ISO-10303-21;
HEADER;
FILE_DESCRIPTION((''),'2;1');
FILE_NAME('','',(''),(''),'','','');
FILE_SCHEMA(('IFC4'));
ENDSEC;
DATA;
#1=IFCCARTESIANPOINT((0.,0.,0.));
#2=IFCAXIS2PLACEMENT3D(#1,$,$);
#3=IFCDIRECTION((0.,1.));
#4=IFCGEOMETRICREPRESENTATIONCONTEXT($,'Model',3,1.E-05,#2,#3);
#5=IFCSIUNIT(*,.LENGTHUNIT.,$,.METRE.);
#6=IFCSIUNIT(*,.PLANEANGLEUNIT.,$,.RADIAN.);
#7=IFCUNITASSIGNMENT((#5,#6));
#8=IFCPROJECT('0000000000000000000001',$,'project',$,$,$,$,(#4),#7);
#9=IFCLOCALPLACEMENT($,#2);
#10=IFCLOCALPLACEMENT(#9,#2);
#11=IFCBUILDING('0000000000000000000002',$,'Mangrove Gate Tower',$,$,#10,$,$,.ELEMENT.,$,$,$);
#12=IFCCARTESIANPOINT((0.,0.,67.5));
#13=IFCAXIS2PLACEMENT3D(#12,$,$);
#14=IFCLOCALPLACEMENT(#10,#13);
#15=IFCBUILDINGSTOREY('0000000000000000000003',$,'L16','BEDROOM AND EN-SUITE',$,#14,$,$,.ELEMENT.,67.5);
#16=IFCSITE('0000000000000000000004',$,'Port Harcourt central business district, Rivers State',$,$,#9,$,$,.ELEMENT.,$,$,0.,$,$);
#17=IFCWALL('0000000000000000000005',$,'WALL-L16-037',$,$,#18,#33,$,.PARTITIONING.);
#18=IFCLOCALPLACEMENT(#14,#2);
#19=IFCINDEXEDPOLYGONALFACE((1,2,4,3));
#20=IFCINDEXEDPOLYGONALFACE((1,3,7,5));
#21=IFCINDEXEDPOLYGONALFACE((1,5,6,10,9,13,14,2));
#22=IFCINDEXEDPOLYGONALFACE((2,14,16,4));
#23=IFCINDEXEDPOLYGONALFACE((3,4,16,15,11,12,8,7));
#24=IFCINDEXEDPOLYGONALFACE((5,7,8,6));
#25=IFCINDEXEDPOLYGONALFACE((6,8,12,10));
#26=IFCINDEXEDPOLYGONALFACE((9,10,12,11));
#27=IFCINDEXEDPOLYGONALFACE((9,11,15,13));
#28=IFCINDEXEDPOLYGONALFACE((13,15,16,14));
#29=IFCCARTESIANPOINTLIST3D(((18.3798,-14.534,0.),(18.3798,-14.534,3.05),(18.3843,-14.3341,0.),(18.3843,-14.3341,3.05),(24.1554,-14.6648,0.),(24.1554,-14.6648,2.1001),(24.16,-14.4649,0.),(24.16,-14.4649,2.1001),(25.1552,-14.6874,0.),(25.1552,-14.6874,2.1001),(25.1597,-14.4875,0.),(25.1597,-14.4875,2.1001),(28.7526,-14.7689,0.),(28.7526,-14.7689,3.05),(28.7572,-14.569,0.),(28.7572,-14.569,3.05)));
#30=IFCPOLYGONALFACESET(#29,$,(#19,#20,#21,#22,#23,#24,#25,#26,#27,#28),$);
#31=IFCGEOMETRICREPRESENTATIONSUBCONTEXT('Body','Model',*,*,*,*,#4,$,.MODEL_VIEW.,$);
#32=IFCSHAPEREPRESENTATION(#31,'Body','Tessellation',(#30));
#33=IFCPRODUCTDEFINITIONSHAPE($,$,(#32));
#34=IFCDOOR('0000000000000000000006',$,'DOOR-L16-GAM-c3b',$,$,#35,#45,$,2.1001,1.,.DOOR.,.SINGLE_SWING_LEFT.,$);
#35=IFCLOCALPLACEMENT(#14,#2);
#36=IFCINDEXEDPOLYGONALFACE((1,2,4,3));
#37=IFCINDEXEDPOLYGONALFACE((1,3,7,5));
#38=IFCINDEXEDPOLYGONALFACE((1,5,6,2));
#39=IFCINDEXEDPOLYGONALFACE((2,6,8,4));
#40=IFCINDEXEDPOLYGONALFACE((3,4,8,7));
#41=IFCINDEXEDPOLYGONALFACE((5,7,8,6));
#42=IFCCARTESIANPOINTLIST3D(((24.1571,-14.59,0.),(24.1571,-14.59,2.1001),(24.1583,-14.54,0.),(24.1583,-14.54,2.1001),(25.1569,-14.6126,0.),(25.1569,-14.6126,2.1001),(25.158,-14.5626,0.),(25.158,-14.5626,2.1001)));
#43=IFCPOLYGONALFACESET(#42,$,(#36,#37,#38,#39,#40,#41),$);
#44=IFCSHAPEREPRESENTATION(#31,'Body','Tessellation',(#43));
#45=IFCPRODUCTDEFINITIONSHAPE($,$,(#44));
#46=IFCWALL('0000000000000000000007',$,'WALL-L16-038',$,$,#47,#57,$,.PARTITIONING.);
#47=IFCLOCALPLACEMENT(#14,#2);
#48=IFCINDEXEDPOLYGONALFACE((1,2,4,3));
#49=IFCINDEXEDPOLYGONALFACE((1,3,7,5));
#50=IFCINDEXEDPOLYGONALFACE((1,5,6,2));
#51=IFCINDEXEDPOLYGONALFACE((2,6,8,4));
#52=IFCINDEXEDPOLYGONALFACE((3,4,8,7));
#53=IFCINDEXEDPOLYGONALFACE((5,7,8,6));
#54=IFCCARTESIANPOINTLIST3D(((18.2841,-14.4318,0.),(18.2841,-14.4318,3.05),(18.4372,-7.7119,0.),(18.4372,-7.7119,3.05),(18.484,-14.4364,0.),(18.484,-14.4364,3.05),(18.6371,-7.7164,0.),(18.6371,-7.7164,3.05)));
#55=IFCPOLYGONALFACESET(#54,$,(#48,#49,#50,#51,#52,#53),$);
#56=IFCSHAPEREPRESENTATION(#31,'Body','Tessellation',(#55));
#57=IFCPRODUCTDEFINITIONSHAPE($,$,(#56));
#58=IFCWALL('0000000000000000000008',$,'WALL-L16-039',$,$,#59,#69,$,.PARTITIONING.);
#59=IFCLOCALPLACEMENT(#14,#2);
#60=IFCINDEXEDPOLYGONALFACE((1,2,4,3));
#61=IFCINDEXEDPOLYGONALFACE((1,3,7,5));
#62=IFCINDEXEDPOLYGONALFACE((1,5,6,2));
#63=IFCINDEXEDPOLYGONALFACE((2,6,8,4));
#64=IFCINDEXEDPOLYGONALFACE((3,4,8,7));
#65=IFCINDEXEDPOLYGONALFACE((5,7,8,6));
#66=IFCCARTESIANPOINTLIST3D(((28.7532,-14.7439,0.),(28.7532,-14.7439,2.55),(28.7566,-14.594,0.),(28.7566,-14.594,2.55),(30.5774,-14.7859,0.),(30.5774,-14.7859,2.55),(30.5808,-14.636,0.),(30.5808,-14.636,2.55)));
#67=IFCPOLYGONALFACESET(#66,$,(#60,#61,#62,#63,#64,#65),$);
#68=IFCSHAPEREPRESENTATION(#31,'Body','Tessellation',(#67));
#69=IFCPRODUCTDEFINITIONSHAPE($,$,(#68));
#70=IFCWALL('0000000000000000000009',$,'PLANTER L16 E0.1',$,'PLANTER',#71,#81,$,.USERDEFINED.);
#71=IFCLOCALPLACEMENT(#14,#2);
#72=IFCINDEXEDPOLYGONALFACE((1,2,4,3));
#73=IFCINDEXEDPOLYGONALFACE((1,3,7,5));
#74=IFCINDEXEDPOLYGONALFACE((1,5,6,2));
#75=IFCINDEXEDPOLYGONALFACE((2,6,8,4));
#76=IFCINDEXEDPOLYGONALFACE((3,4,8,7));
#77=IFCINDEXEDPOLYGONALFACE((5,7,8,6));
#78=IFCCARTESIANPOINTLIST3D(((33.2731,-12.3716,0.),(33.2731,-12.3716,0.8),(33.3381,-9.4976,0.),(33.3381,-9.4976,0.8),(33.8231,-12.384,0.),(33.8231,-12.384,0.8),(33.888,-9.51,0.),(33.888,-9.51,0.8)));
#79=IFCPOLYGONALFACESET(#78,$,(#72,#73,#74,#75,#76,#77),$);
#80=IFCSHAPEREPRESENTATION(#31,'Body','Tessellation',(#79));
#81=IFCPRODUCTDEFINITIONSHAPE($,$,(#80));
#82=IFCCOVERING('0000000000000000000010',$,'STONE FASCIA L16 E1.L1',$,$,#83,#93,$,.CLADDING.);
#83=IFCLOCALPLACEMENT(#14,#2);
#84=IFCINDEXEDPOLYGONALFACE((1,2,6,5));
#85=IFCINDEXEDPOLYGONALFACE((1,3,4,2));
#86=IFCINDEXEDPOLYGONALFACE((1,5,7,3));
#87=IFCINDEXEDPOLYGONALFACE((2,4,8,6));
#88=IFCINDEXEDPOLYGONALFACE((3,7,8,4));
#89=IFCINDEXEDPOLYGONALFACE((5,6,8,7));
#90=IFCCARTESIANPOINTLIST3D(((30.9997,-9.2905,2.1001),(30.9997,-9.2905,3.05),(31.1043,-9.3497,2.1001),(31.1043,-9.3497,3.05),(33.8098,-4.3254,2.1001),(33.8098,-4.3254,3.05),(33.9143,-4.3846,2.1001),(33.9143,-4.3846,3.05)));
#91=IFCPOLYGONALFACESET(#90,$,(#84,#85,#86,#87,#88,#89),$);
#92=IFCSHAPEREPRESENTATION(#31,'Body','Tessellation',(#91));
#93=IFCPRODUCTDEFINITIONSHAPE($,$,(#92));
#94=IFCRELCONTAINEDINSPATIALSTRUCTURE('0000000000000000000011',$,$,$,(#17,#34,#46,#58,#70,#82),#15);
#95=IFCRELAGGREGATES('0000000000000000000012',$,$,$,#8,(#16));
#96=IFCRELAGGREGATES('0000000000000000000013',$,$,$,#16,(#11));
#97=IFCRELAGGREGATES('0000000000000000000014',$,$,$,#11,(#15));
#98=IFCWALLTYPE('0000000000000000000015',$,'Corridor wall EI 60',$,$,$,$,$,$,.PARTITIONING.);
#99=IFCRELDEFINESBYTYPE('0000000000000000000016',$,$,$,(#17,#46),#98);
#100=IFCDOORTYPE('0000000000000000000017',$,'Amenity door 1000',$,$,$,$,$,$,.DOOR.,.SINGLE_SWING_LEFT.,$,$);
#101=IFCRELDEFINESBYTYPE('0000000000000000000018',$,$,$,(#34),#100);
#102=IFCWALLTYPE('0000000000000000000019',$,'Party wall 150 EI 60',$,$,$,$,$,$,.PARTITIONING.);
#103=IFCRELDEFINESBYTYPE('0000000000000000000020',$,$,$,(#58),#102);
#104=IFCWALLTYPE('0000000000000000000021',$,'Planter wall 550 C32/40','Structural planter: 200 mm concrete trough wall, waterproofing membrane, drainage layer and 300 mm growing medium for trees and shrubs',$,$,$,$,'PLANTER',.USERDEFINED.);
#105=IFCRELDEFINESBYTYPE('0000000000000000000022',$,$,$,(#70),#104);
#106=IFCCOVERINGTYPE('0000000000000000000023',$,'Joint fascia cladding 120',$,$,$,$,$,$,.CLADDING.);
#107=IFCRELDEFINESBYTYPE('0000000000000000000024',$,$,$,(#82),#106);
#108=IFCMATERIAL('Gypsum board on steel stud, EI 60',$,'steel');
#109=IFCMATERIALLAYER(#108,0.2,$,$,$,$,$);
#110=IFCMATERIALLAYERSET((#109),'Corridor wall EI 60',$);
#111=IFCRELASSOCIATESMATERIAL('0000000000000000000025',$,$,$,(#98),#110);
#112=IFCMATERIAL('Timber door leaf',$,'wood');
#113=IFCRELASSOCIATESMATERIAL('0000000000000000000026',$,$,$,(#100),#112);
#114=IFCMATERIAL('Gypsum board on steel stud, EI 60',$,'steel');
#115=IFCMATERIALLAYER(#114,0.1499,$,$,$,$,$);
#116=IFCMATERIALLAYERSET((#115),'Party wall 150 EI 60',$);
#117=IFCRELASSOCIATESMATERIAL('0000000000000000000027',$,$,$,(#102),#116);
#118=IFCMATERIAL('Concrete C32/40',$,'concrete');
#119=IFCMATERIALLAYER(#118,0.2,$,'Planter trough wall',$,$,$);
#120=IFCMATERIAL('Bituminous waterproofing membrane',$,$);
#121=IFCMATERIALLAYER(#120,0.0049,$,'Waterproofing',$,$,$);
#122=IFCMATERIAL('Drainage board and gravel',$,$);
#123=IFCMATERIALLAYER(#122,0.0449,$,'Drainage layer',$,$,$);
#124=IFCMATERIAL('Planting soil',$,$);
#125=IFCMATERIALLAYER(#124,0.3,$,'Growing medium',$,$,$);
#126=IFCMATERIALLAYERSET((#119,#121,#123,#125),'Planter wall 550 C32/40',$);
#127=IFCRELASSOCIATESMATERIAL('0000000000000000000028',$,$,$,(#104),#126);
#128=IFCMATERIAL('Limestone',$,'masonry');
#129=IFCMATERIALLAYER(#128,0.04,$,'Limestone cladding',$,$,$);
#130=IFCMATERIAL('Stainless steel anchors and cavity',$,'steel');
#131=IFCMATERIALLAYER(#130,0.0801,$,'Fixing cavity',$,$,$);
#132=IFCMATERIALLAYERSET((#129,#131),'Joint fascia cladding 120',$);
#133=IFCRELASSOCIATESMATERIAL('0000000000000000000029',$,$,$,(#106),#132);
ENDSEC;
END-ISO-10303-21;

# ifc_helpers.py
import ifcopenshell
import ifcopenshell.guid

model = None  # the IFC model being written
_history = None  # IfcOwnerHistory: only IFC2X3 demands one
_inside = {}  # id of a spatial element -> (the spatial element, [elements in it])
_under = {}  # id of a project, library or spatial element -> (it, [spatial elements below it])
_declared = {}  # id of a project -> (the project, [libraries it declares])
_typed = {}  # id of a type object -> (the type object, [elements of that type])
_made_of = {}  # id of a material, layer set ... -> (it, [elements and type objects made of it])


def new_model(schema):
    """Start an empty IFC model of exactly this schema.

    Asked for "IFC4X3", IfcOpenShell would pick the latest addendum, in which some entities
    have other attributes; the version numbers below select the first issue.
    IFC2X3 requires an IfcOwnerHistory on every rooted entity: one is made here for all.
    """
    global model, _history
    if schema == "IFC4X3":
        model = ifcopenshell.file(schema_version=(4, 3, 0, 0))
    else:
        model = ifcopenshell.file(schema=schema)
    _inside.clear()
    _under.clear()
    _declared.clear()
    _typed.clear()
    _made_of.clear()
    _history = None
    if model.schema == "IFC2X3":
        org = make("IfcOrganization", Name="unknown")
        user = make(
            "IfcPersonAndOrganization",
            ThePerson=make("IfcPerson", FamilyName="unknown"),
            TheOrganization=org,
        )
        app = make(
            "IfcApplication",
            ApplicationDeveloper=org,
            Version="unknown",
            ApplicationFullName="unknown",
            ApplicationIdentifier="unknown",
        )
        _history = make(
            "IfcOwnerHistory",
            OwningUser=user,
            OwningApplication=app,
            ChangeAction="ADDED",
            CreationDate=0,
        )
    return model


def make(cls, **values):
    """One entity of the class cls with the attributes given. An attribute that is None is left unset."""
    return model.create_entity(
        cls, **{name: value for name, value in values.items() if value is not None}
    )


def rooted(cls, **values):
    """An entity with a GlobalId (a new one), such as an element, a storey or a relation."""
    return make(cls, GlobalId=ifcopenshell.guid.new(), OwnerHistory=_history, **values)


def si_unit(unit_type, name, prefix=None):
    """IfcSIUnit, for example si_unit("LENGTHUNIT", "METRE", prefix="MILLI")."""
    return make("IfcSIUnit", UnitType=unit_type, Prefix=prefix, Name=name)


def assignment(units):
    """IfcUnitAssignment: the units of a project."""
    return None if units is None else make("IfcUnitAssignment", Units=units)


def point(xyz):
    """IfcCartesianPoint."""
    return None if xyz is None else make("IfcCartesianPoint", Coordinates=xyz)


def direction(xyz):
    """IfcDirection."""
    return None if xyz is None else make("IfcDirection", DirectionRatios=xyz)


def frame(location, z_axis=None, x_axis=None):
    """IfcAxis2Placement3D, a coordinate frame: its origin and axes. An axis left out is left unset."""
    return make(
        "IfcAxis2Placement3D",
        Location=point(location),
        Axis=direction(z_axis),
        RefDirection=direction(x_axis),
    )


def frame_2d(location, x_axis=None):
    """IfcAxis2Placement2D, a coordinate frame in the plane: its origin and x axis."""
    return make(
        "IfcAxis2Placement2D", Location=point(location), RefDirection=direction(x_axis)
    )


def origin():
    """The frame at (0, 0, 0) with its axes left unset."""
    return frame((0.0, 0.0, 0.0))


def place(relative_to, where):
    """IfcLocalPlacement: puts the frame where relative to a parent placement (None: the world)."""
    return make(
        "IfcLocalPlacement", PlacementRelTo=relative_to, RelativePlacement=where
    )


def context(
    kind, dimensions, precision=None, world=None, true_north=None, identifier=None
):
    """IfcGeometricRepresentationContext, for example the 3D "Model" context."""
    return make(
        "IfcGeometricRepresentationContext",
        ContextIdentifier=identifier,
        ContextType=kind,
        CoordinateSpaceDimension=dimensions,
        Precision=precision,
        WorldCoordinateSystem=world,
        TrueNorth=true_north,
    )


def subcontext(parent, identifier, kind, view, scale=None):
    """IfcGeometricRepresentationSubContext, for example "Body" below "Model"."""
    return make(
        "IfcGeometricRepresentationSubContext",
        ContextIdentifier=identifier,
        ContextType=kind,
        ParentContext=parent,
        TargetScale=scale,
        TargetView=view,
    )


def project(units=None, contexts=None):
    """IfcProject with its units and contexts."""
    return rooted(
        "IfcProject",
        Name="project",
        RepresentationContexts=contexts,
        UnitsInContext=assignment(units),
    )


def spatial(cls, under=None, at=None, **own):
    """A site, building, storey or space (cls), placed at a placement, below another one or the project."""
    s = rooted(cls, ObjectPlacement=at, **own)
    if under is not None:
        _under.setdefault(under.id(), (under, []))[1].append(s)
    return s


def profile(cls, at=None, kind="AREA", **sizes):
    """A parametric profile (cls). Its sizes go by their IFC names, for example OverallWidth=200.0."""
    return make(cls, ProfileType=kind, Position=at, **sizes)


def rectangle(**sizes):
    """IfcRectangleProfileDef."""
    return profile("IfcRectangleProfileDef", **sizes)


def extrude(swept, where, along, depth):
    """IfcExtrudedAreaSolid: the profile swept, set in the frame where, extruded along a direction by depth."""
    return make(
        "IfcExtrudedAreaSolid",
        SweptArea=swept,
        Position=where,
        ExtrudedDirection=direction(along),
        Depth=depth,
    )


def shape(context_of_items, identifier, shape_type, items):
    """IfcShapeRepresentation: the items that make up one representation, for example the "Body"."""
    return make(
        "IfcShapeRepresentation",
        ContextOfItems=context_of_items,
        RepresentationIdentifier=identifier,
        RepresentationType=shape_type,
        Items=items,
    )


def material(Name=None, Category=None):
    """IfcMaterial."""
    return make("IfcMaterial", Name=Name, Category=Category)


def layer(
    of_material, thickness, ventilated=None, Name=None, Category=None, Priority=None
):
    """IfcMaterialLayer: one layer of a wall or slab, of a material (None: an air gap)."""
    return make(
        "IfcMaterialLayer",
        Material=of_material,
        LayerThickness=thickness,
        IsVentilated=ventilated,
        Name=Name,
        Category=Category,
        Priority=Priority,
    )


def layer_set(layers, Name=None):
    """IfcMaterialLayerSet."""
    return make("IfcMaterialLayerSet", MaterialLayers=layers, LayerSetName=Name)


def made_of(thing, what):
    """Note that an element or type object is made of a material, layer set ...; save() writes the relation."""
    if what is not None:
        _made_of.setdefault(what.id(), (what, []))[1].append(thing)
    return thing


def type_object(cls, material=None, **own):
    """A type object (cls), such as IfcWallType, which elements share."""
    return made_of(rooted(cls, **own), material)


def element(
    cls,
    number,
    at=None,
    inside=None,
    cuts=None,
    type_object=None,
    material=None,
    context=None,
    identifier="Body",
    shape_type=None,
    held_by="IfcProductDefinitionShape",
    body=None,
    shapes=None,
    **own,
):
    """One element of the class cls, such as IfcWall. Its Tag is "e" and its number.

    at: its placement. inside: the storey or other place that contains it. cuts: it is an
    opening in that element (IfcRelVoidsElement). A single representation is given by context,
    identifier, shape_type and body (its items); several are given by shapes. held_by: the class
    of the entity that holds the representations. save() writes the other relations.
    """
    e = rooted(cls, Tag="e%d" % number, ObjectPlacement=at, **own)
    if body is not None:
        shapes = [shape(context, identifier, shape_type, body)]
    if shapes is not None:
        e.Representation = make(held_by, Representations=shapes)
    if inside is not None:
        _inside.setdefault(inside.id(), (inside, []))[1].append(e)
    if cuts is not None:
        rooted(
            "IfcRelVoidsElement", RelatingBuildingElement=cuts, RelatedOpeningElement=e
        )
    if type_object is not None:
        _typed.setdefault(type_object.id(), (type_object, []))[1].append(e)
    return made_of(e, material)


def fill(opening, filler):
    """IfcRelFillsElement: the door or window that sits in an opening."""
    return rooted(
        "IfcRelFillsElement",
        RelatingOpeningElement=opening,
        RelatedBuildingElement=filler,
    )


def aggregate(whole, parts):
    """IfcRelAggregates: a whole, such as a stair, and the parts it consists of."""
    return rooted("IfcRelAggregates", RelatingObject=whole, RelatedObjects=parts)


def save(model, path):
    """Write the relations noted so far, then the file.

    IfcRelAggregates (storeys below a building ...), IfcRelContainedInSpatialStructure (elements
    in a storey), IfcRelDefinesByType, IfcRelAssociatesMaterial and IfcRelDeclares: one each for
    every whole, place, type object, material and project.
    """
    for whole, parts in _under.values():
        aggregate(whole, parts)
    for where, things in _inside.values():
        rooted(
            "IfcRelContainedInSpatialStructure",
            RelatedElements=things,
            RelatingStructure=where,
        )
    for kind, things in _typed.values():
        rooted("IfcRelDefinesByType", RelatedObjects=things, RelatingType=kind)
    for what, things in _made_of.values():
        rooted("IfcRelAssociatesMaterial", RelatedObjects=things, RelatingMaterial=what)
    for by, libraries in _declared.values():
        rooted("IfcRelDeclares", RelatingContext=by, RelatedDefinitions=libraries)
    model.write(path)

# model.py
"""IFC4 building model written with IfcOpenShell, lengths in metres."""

from ifc_helpers import new_model, si_unit, direction, frame, frame_2d, origin, place, context, subcontext, project, spatial, rectangle, extrude, material, layer, layer_set, type_object, element, fill, save


model = new_model("IFC4")

# Units and contexts
model_context = context("Model", 3, precision=1e-05, world=origin(), true_north=direction((0.0, 1.0)))
body_context = subcontext(model_context, "Body", "Model", "MODEL_VIEW")
ifc_project = project(units=[si_unit("LENGTHUNIT", "METRE"), si_unit("PLANEANGLEUNIT", "RADIAN")], contexts=[model_context])

# Site, building, storey
site_placement = place(None, origin())
site = spatial("IfcSite", under=ifc_project, at=site_placement, Name="Port Harcourt central business district, Rivers State", CompositionType="ELEMENT", RefElevation=0.0)
building_placement = place(site_placement, origin())
building = spatial("IfcBuilding", under=site, at=building_placement, Name="Mangrove Gate Tower", CompositionType="ELEMENT")
storey_placement = place(building_placement, frame((0.0, 0.0, 67.5)))
storey = spatial("IfcBuildingStorey", under=building, at=storey_placement, Name="L16", Description="BEDROOM AND EN-SUITE", CompositionType="ELEMENT", Elevation=67.5)

# Shared definitions
ifc_material_1 = material(Name="Gypsum board on steel stud, EI 60", Category="steel")
ifc_layer_1 = layer(ifc_material_1, 0.2)
ifc_layer_set_1 = layer_set([ifc_layer_1], Name="Corridor wall EI 60")
wall_type_1 = type_object("IfcWallType", Name="Corridor wall EI 60", PredefinedType="PARTITIONING", material=ifc_layer_set_1)

# Wall, opening, door
wall_1_placement = place(storey_placement, frame((18.3821, -14.4341, 0.0), z_axis=(0.0, 0.0, 1.0), x_axis=(0.999744, -0.022636, 0.0)))
wall_1 = element("IfcWall", 1, at=wall_1_placement, inside=storey, type_object=wall_type_1, Name="WALL-L16-037", PredefinedType="PARTITIONING", context=body_context, shape_type="SweptSolid", body=[
    extrude(rectangle(XDim=10.3755, YDim=0.2, at=frame_2d((5.1877, 0.0))), origin(), (0.0, 0.0, 1.0), 3.05),
])
opening_placement = place(wall_1_placement, frame((5.7771, 0.0, 0.0)))
opening = element("IfcOpeningElement", 2, at=opening_placement, cuts=wall_1, PredefinedType="OPENING", context=body_context, shape_type="SweptSolid", body=[
    extrude(rectangle(XDim=1.0, YDim=2.1001, at=frame_2d((0.5, 1.05))), frame((0.0, 0.1099, 0.0), z_axis=(0.0, -1.0, 0.0), x_axis=(1.0, 0.0, 0.0)), (0.0, 0.0, 1.0), 0.22),
])
ifc_material_2 = material(Name="Timber door leaf", Category="wood")
door_type = type_object("IfcDoorType", Name="Amenity door 1000", OperationType="SINGLE_SWING_LEFT", PredefinedType="DOOR", material=ifc_material_2)
door_placement = place(opening_placement, origin())
door = element("IfcDoor", 3, at=door_placement, inside=storey, type_object=door_type, Name="DOOR-L16-GAM-c3b", OperationType="SINGLE_SWING_LEFT", OverallHeight=2.1001, OverallWidth=1.0, PredefinedType="DOOR", context=body_context, shape_type="SweptSolid", body=[
    extrude(rectangle(XDim=1.0, YDim=2.1001, at=frame_2d((0.5, 1.05))), frame((0.0, 0.0249, 0.0), z_axis=(0.0, -1.0, 0.0), x_axis=(1.0, 0.0, 0.0)), (0.0, 0.0, 1.0), 0.05),
])
fill(opening, door)

# Walls
wall_2_placement = place(storey_placement, frame((18.384, -14.4341, 0.0), z_axis=(0.0, 0.0, 1.0), x_axis=(0.022773, 0.999741, 0.0)))
element("IfcWall", 4, at=wall_2_placement, inside=storey, type_object=wall_type_1, Name="WALL-L16-038", PredefinedType="PARTITIONING", context=body_context, shape_type="SweptSolid", body=[
    extrude(rectangle(XDim=6.7217, YDim=0.2, at=frame_2d((3.3608, 0.0))), origin(), (0.0, 0.0, 1.0), 3.05),
])
ifc_material_3 = material(Name="Gypsum board on steel stud, EI 60", Category="steel")
ifc_layer_2 = layer(ifc_material_3, 0.1499)
ifc_layer_set_2 = layer_set([ifc_layer_2], Name="Party wall 150 EI 60")
wall_type_2 = type_object("IfcWallType", Name="Party wall 150 EI 60", PredefinedType="PARTITIONING", material=ifc_layer_set_2)
wall_3_placement = place(storey_placement, frame((28.7549, -14.6689, 0.0), z_axis=(0.0, 0.0, 1.0), x_axis=(0.999735, -0.023013, 0.0)))
element("IfcWall", 5, at=wall_3_placement, inside=storey, type_object=wall_type_2, Name="WALL-L16-039", PredefinedType="PARTITIONING", context=body_context, shape_type="SweptSolid", body=[
    extrude(rectangle(XDim=1.8247, YDim=0.1499, at=frame_2d((0.9124, 0.0))), origin(), (0.0, 0.0, 1.0), 2.55),
])
ifc_material_4 = material(Name="Concrete C32/40", Category="concrete")
ifc_layer_3 = layer(ifc_material_4, 0.2, Name="Planter trough wall")
ifc_material_5 = material(Name="Bituminous waterproofing membrane")
ifc_layer_4 = layer(ifc_material_5, 0.0049, Name="Waterproofing")
ifc_material_6 = material(Name="Drainage board and gravel")
ifc_layer_5 = layer(ifc_material_6, 0.0449, Name="Drainage layer")
ifc_material_7 = material(Name="Planting soil")
ifc_layer_6 = layer(ifc_material_7, 0.3, Name="Growing medium")
ifc_layer_set_3 = layer_set([ifc_layer_3, ifc_layer_4, ifc_layer_5, ifc_layer_6], Name="Planter wall 550 C32/40")
wall_type_3 = type_object("IfcWallType", Name="Planter wall 550 C32/40", Description="Structural planter: 200 mm concrete trough wall, waterproofing membrane, drainage layer and 300 mm growing medium for trees and shrubs", ElementType="PLANTER", PredefinedType="USERDEFINED", material=ifc_layer_set_3)
wall_4_placement = place(storey_placement, frame((33.5481, -12.3779, 0.0), z_axis=(0.0, 0.0, 1.0), x_axis=(0.02259, 0.999745, 0.0)))
element("IfcWall", 6, at=wall_4_placement, inside=storey, type_object=wall_type_3, Name="PLANTER L16 E0.1", ObjectType="PLANTER", PredefinedType="USERDEFINED", context=body_context, shape_type="SweptSolid", body=[
    extrude(rectangle(XDim=2.8748, YDim=0.55, at=frame_2d((1.4375, 0.0))), origin(), (0.0, 0.0, 1.0), 0.8),
])

# Covering
ifc_material_8 = material(Name="Limestone", Category="masonry")
ifc_layer_7 = layer(ifc_material_8, 0.04, Name="Limestone cladding")
ifc_material_9 = material(Name="Stainless steel anchors and cavity", Category="steel")
ifc_layer_8 = layer(ifc_material_9, 0.0801, Name="Fixing cavity")
ifc_layer_set_4 = layer_set([ifc_layer_7, ifc_layer_8], Name="Joint fascia cladding 120")
covering_type = type_object("IfcCoveringType", Name="Joint fascia cladding 120", PredefinedType="CLADDING", material=ifc_layer_set_4)
covering_placement = place(storey_placement, frame((31.052, -9.3201, 2.1001), z_axis=(0.0, 0.0, 1.0), x_axis=(0.492549, 0.870285, 0.0)))
element("IfcCovering", 7, at=covering_placement, inside=storey, type_object=covering_type, Name="STONE FASCIA L16 E1.L1", PredefinedType="CLADDING", context=body_context, shape_type="SweptSolid", body=[
    extrude(rectangle(XDim=5.7051, YDim=0.1201, at=frame_2d((2.8525, 0.0))), origin(), (0.0, 0.0, 1.0), 0.95),
])

save(model, "model.ifc")
